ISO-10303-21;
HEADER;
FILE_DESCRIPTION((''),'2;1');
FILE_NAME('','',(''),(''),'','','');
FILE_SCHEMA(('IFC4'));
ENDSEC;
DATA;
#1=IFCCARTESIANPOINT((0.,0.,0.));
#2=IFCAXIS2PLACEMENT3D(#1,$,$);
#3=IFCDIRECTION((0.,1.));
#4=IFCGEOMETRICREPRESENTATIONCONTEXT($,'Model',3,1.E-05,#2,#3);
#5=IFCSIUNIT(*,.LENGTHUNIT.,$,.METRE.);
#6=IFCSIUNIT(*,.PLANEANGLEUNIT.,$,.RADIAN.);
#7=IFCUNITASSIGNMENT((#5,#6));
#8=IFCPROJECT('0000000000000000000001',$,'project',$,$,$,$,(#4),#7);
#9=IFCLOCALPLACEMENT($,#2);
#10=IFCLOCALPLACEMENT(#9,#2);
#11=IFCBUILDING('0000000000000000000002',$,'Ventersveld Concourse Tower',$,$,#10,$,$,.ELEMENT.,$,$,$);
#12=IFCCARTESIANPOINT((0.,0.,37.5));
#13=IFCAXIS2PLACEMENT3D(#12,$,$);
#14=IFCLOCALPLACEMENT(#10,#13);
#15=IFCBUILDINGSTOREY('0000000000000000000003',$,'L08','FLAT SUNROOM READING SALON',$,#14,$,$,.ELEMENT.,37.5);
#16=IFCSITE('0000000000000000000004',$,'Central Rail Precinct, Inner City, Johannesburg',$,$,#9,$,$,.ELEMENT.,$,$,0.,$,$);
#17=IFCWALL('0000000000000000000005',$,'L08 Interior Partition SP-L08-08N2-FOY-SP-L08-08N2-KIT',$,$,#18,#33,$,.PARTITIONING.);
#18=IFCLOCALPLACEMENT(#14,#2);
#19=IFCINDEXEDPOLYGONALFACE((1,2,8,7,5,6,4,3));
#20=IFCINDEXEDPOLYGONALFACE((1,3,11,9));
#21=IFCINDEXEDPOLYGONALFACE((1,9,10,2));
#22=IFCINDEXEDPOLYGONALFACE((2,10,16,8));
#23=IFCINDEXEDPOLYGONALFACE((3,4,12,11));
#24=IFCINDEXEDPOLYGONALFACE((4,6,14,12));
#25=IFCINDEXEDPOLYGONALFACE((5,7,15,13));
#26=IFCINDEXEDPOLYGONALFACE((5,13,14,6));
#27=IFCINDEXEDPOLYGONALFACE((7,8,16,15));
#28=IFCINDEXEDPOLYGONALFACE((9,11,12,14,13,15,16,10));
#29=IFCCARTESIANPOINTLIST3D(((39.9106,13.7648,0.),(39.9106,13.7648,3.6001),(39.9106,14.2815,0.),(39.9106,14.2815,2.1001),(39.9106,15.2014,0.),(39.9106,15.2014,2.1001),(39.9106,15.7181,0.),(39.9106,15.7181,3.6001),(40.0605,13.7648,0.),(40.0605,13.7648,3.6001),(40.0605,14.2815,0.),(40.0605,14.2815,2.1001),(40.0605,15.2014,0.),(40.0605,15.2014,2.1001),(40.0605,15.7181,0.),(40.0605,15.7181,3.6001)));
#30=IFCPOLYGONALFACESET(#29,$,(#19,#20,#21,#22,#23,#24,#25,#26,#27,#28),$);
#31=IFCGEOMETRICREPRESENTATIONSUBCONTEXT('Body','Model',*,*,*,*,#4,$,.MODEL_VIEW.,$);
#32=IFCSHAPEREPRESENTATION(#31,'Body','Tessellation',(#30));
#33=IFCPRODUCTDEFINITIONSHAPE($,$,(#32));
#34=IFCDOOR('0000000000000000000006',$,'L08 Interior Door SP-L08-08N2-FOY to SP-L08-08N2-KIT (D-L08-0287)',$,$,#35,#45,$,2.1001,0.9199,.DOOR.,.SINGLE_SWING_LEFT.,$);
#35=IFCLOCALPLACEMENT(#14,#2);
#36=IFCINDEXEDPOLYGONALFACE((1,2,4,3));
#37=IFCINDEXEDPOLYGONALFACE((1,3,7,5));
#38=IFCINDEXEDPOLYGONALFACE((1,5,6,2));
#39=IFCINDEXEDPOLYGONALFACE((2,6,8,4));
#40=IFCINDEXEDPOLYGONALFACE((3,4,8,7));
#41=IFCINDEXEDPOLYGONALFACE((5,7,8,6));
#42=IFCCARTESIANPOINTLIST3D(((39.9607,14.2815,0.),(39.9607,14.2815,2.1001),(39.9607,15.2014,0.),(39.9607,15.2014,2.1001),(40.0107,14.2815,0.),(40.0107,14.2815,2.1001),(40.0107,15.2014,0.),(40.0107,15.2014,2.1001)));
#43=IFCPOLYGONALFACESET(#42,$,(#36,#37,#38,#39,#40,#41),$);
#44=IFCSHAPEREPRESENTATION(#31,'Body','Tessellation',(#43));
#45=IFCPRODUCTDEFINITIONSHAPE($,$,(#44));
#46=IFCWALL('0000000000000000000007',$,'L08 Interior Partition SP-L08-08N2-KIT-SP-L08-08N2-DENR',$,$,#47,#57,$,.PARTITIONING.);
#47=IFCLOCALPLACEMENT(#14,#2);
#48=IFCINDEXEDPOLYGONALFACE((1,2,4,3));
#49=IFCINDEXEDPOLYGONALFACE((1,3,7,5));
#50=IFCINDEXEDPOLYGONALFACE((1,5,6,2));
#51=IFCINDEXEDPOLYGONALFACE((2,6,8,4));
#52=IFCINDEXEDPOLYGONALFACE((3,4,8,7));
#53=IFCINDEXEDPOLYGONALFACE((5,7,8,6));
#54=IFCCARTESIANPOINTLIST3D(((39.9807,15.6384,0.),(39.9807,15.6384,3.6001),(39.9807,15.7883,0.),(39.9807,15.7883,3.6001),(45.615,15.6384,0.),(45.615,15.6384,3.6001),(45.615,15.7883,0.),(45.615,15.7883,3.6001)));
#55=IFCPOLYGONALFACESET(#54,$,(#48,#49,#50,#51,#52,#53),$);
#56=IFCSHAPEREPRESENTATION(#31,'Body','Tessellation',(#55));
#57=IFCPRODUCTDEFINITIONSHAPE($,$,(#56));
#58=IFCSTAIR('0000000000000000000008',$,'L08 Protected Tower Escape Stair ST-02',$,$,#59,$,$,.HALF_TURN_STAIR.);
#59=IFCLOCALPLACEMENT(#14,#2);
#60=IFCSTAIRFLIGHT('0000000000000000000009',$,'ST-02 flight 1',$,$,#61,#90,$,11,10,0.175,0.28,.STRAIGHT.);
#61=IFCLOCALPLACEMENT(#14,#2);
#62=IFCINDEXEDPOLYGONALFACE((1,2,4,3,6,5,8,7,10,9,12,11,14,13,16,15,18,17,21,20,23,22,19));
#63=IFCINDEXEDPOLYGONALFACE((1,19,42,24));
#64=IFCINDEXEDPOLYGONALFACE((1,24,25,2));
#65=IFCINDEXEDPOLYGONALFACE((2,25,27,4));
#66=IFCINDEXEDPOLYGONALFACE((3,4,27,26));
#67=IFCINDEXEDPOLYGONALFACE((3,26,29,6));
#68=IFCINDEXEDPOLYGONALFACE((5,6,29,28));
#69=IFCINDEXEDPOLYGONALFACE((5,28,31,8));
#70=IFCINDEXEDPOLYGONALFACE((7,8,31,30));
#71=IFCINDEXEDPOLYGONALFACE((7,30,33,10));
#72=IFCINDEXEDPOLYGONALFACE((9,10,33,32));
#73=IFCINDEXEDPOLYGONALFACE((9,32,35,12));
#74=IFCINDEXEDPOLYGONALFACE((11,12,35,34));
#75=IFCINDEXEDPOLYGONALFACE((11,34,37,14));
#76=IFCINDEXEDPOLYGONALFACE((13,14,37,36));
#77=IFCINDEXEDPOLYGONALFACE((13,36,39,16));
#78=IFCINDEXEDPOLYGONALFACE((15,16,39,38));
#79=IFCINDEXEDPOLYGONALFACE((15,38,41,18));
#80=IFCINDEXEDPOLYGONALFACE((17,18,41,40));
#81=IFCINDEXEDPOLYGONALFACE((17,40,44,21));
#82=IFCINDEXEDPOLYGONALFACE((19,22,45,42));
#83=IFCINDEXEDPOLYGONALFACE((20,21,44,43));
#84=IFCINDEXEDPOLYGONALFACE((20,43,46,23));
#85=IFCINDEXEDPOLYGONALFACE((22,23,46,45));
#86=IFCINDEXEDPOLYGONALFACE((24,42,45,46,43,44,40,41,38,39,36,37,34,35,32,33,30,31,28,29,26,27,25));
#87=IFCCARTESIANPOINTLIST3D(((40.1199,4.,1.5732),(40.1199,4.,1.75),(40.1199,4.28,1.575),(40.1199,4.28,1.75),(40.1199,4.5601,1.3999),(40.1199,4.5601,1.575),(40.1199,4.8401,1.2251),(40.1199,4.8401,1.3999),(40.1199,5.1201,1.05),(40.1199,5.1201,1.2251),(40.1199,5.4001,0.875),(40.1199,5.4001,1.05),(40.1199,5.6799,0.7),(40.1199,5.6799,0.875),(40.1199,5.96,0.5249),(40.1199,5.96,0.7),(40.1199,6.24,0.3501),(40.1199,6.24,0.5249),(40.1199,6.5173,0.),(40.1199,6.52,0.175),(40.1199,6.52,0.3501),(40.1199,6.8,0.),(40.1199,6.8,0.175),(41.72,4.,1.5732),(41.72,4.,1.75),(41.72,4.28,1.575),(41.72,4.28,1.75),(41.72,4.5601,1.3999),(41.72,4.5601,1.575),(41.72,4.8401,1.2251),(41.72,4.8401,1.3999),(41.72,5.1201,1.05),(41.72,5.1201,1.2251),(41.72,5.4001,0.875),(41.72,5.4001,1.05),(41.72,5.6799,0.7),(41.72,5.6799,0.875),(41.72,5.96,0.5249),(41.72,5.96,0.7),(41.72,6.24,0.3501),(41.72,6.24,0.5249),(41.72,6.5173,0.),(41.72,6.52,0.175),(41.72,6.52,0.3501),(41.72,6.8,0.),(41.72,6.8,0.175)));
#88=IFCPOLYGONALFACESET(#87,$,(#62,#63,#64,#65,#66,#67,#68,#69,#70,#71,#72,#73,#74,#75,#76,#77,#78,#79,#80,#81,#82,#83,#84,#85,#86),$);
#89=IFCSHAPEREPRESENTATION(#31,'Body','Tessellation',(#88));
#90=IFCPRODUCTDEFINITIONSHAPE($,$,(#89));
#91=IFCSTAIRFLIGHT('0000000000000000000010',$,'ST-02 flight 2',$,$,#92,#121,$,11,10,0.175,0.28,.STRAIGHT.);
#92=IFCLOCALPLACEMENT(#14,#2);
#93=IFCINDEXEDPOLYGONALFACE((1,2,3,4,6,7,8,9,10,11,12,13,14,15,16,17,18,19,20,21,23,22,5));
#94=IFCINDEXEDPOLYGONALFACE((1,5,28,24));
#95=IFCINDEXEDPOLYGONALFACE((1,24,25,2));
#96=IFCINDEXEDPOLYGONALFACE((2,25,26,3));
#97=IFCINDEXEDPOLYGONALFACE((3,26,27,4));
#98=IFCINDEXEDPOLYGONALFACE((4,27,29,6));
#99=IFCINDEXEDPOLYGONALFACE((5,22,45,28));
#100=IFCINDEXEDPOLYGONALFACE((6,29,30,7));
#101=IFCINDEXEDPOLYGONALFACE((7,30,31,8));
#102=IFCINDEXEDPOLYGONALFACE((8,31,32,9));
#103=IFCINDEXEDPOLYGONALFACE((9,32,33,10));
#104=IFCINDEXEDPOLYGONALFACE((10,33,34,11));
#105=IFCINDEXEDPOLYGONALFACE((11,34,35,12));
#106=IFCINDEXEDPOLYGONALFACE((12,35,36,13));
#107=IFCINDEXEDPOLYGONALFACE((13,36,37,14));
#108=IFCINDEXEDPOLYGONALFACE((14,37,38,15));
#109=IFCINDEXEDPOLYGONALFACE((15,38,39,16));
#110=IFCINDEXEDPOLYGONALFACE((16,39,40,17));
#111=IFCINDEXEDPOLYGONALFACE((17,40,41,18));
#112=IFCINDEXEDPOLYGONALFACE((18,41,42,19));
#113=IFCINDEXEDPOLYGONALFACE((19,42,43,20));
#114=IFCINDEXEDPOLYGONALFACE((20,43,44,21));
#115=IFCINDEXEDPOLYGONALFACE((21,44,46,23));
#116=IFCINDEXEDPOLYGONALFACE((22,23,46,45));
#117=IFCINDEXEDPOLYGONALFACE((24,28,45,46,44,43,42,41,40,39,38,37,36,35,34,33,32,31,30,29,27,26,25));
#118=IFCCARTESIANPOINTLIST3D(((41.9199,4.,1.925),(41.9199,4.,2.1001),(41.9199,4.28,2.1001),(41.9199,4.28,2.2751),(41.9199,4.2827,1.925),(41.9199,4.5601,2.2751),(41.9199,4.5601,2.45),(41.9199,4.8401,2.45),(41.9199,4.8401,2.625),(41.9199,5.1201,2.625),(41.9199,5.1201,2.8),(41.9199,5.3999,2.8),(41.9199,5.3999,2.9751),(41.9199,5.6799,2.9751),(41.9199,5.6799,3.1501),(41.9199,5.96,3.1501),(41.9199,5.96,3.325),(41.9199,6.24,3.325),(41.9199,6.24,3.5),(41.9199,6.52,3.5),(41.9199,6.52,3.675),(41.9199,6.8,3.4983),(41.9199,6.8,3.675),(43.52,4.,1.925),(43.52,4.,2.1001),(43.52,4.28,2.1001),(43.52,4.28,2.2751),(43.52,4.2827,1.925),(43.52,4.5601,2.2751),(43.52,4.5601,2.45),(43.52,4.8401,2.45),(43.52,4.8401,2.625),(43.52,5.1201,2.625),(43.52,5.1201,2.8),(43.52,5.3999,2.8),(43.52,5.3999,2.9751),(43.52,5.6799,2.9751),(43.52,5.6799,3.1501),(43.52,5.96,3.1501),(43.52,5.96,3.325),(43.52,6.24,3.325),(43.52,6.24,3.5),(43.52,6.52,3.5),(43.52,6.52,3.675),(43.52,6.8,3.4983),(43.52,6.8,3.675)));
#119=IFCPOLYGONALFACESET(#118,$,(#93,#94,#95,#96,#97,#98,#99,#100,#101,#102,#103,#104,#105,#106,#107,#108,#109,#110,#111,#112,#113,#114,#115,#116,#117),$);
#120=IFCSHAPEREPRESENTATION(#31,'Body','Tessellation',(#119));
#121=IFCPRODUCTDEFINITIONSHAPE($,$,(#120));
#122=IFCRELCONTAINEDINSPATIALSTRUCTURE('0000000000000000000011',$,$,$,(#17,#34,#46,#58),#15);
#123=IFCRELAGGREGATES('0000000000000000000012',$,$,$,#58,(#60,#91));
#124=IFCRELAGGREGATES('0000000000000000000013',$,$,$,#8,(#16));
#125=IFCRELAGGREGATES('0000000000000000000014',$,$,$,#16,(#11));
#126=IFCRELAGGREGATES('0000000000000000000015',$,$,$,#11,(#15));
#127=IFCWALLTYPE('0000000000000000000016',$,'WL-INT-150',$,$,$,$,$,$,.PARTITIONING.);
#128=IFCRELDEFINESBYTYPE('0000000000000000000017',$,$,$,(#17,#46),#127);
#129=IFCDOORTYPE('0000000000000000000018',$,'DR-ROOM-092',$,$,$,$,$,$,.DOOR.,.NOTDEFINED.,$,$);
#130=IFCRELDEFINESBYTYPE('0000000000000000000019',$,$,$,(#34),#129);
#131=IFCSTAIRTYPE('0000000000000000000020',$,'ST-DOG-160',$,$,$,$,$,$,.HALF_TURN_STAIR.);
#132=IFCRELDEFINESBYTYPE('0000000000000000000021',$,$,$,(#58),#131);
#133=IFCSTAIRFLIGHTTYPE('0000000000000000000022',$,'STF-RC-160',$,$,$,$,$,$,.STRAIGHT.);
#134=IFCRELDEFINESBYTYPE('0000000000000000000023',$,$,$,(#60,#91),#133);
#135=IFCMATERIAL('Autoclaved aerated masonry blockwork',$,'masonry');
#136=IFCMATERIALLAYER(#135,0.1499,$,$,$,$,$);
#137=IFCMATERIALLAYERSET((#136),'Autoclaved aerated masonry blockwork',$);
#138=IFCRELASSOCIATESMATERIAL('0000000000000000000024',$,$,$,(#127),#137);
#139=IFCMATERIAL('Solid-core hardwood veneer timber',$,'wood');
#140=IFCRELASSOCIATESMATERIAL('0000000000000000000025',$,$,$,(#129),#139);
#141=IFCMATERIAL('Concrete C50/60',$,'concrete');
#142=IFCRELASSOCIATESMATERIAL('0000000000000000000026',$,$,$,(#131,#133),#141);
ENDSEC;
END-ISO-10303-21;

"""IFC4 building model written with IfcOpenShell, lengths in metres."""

from ifc_helpers import new_model, si_unit, direction, frame, frame_2d, origin, place, context, subcontext, project, spatial, polyline, rectangle, outline, extrude, material, layer, layer_set, type_object, element, fill, aggregate, save


model = new_model("IFC4")

# Units and contexts
model_context = context("Model", 3, precision=1e-05, world=origin(), true_north=direction((0.0, 1.0)))
body_context = subcontext(model_context, "Body", "Model", "MODEL_VIEW")
ifc_project = project(units=[si_unit("LENGTHUNIT", "METRE"), si_unit("PLANEANGLEUNIT", "RADIAN")], contexts=[model_context])

# Site, building, storey
site_placement = place(None, origin())
site = spatial("IfcSite", under=ifc_project, at=site_placement, Name="Central Rail Precinct, Inner City, Johannesburg", CompositionType="ELEMENT", RefElevation=0.0)
building_placement = place(site_placement, origin())
building = spatial("IfcBuilding", under=site, at=building_placement, Name="Ventersveld Concourse Tower", CompositionType="ELEMENT")
storey_placement = place(building_placement, frame((0.0, 0.0, 37.5)))
storey = spatial("IfcBuildingStorey", under=building, at=storey_placement, Name="L08", Description="FLAT SUNROOM READING SALON", CompositionType="ELEMENT", Elevation=37.5)

# Wall, opening, door
ifc_material_1 = material(Name="Autoclaved aerated masonry blockwork", Category="masonry")
ifc_layer_1 = layer(ifc_material_1, 0.1499)
ifc_layer_set_1 = layer_set([ifc_layer_1], Name="Autoclaved aerated masonry blockwork")
wall_type_1 = type_object("IfcWallType", Name="WL-INT-150", PredefinedType="PARTITIONING", material=ifc_layer_set_1)
wall_1_placement = place(storey_placement, frame((39.9856, 13.7649, 0.0), z_axis=(0.0, 0.0, 1.0), x_axis=(0.0, 1.0, 0.0)))
wall_1 = element("IfcWall", 1, at=wall_1_placement, inside=storey, type_object=wall_type_1, Name="L08 Interior Partition SP-L08-08N2-FOY-SP-L08-08N2-KIT", PredefinedType="PARTITIONING", context=body_context, shape_type="SweptSolid", body=[
    extrude(rectangle(XDim=1.9534, YDim=0.1499, at=frame_2d((0.9766, 0.0))), origin(), (0.0, 0.0, 1.0), 3.6001),
])
opening_1_placement = place(wall_1_placement, frame((0.5166, 0.0, 0.0)))
opening_1 = element("IfcOpeningElement", 2, at=opening_1_placement, cuts=wall_1, PredefinedType="OPENING", context=body_context, shape_type="SweptSolid", body=[
    extrude(rectangle(XDim=0.9199, YDim=2.1001, at=frame_2d((0.46, 1.05))), frame((0.0, 0.085, 0.0), z_axis=(0.0, -1.0, 0.0), x_axis=(1.0, 0.0, 0.0)), (0.0, 0.0, 1.0), 0.1699),
])
ifc_material_2 = material(Name="Solid-core hardwood veneer timber", Category="wood")
door_type_1 = type_object("IfcDoorType", Name="DR-ROOM-092", OperationType="NOTDEFINED", PredefinedType="DOOR", material=ifc_material_2)
door_1_placement = place(opening_1_placement, origin())
door_1 = element("IfcDoor", 3, at=door_1_placement, inside=storey, type_object=door_type_1, Name="L08 Interior Door SP-L08-08N2-FOY to SP-L08-08N2-KIT (D-L08-0287)", OperationType="SINGLE_SWING_LEFT", OverallHeight=2.1001, OverallWidth=0.9199, PredefinedType="DOOR", context=body_context, shape_type="SweptSolid", body=[
    extrude(rectangle(XDim=0.9199, YDim=2.1001, at=frame_2d((0.46, 1.05))), frame((0.0, 0.0249, 0.0), z_axis=(0.0, -1.0, 0.0), x_axis=(1.0, 0.0, 0.0)), (0.0, 0.0, 1.0), 0.05),
])
fill(opening_1, door_1)

# Wall
wall_2_placement = place(storey_placement, frame((39.9807, 15.7134, 0.0), z_axis=(0.0, 0.0, 1.0), x_axis=(1.0, 0.0, 0.0)))
element("IfcWall", 4, at=wall_2_placement, inside=storey, type_object=wall_type_1, Name="L08 Interior Partition SP-L08-08N2-KIT-SP-L08-08N2-DENR", PredefinedType="PARTITIONING", context=body_context, shape_type="SweptSolid", body=[
    extrude(rectangle(XDim=5.6343, YDim=0.1499, at=frame_2d((2.8171, 0.0))), origin(), (0.0, 0.0, 1.0), 3.6001),
])

# Stair, stair flights
ifc_material_3 = material(Name="Concrete C50/60", Category="concrete")
stair_type = type_object("IfcStairType", Name="ST-DOG-160", PredefinedType="HALF_TURN_STAIR", material=ifc_material_3)
stair_placement = place(storey_placement, origin())
stair = element("IfcStair", 5, at=stair_placement, inside=storey, type_object=stair_type, Name="L08 Protected Tower Escape Stair ST-02", PredefinedType="HALF_TURN_STAIR")
stair_flight_type = type_object("IfcStairFlightType", Name="STF-RC-160", PredefinedType="STRAIGHT", material=ifc_material_3)
stair_flight_1_placement = place(storey_placement, frame((40.9199, 6.8, 0.0), z_axis=(0.0, 0.0, 1.0), x_axis=(0.0, -1.0, 0.0)))
stair_flight_1 = element("IfcStairFlight", 6, at=stair_flight_1_placement, type_object=stair_flight_type, Name="ST-02 flight 1", NumberOfRisers=11, NumberOfTreads=10, PredefinedType="STRAIGHT", RiserHeight=0.175, TreadLength=0.28, context=body_context, shape_type="SweptSolid", body=[
    extrude(outline(polyline([(0.0, 0.0), (0.0, 0.175), (0.28, 0.175), (0.28, 0.3501), (0.5601, 0.3501), (0.5601, 0.5249), (0.8401, 0.5249), (0.8401, 0.7), (1.1201, 0.7), (1.1201, 0.875), (1.3999, 0.875), (1.3999, 1.05), (1.6799, 1.05), (1.6799, 1.2251), (1.96, 1.2251), (1.96, 1.3999), (2.24, 1.3999), (2.24, 1.575), (2.52, 1.575), (2.52, 1.75), (2.8, 1.75), (2.8, 1.925), (2.8, 1.5732), (0.2827, 0.0), (0.0, 0.0)])), frame((0.0, 0.8, 0.0), z_axis=(0.0, -1.0, 0.0), x_axis=(1.0, 0.0, 0.0)), (0.0, 0.0, 1.0), 1.6001),
])
stair_flight_2_placement = place(storey_placement, frame((42.72, 4.0, 1.925), z_axis=(0.0, 0.0, 1.0), x_axis=(0.0, 1.0, 0.0)))
stair_flight_2 = element("IfcStairFlight", 7, at=stair_flight_2_placement, type_object=stair_flight_type, Name="ST-02 flight 2", NumberOfRisers=11, NumberOfTreads=10, PredefinedType="STRAIGHT", RiserHeight=0.175, TreadLength=0.28, context=body_context, shape_type="SweptSolid", body=[
    extrude(outline(polyline([(0.0, 0.0), (0.0, 0.175), (0.28, 0.175), (0.28, 0.3501), (0.5601, 0.3501), (0.5601, 0.5249), (0.8401, 0.5249), (0.8401, 0.7), (1.1201, 0.7), (1.1201, 0.875), (1.3999, 0.875), (1.3999, 1.05), (1.6799, 1.05), (1.6799, 1.2251), (1.96, 1.2251), (1.96, 1.3999), (2.24, 1.3999), (2.24, 1.575), (2.52, 1.575), (2.52, 1.75), (2.8, 1.75), (2.8, 1.925), (2.8, 1.5732), (0.2827, 0.0), (0.0, 0.0)])), frame((0.0, 0.8, 0.0), z_axis=(0.0, -1.0, 0.0), x_axis=(1.0, 0.0, 0.0)), (0.0, 0.0, 1.0), 1.6001),
])
aggregate(stair, [stair_flight_1, stair_flight_2])

save(model, "model.ifc")
